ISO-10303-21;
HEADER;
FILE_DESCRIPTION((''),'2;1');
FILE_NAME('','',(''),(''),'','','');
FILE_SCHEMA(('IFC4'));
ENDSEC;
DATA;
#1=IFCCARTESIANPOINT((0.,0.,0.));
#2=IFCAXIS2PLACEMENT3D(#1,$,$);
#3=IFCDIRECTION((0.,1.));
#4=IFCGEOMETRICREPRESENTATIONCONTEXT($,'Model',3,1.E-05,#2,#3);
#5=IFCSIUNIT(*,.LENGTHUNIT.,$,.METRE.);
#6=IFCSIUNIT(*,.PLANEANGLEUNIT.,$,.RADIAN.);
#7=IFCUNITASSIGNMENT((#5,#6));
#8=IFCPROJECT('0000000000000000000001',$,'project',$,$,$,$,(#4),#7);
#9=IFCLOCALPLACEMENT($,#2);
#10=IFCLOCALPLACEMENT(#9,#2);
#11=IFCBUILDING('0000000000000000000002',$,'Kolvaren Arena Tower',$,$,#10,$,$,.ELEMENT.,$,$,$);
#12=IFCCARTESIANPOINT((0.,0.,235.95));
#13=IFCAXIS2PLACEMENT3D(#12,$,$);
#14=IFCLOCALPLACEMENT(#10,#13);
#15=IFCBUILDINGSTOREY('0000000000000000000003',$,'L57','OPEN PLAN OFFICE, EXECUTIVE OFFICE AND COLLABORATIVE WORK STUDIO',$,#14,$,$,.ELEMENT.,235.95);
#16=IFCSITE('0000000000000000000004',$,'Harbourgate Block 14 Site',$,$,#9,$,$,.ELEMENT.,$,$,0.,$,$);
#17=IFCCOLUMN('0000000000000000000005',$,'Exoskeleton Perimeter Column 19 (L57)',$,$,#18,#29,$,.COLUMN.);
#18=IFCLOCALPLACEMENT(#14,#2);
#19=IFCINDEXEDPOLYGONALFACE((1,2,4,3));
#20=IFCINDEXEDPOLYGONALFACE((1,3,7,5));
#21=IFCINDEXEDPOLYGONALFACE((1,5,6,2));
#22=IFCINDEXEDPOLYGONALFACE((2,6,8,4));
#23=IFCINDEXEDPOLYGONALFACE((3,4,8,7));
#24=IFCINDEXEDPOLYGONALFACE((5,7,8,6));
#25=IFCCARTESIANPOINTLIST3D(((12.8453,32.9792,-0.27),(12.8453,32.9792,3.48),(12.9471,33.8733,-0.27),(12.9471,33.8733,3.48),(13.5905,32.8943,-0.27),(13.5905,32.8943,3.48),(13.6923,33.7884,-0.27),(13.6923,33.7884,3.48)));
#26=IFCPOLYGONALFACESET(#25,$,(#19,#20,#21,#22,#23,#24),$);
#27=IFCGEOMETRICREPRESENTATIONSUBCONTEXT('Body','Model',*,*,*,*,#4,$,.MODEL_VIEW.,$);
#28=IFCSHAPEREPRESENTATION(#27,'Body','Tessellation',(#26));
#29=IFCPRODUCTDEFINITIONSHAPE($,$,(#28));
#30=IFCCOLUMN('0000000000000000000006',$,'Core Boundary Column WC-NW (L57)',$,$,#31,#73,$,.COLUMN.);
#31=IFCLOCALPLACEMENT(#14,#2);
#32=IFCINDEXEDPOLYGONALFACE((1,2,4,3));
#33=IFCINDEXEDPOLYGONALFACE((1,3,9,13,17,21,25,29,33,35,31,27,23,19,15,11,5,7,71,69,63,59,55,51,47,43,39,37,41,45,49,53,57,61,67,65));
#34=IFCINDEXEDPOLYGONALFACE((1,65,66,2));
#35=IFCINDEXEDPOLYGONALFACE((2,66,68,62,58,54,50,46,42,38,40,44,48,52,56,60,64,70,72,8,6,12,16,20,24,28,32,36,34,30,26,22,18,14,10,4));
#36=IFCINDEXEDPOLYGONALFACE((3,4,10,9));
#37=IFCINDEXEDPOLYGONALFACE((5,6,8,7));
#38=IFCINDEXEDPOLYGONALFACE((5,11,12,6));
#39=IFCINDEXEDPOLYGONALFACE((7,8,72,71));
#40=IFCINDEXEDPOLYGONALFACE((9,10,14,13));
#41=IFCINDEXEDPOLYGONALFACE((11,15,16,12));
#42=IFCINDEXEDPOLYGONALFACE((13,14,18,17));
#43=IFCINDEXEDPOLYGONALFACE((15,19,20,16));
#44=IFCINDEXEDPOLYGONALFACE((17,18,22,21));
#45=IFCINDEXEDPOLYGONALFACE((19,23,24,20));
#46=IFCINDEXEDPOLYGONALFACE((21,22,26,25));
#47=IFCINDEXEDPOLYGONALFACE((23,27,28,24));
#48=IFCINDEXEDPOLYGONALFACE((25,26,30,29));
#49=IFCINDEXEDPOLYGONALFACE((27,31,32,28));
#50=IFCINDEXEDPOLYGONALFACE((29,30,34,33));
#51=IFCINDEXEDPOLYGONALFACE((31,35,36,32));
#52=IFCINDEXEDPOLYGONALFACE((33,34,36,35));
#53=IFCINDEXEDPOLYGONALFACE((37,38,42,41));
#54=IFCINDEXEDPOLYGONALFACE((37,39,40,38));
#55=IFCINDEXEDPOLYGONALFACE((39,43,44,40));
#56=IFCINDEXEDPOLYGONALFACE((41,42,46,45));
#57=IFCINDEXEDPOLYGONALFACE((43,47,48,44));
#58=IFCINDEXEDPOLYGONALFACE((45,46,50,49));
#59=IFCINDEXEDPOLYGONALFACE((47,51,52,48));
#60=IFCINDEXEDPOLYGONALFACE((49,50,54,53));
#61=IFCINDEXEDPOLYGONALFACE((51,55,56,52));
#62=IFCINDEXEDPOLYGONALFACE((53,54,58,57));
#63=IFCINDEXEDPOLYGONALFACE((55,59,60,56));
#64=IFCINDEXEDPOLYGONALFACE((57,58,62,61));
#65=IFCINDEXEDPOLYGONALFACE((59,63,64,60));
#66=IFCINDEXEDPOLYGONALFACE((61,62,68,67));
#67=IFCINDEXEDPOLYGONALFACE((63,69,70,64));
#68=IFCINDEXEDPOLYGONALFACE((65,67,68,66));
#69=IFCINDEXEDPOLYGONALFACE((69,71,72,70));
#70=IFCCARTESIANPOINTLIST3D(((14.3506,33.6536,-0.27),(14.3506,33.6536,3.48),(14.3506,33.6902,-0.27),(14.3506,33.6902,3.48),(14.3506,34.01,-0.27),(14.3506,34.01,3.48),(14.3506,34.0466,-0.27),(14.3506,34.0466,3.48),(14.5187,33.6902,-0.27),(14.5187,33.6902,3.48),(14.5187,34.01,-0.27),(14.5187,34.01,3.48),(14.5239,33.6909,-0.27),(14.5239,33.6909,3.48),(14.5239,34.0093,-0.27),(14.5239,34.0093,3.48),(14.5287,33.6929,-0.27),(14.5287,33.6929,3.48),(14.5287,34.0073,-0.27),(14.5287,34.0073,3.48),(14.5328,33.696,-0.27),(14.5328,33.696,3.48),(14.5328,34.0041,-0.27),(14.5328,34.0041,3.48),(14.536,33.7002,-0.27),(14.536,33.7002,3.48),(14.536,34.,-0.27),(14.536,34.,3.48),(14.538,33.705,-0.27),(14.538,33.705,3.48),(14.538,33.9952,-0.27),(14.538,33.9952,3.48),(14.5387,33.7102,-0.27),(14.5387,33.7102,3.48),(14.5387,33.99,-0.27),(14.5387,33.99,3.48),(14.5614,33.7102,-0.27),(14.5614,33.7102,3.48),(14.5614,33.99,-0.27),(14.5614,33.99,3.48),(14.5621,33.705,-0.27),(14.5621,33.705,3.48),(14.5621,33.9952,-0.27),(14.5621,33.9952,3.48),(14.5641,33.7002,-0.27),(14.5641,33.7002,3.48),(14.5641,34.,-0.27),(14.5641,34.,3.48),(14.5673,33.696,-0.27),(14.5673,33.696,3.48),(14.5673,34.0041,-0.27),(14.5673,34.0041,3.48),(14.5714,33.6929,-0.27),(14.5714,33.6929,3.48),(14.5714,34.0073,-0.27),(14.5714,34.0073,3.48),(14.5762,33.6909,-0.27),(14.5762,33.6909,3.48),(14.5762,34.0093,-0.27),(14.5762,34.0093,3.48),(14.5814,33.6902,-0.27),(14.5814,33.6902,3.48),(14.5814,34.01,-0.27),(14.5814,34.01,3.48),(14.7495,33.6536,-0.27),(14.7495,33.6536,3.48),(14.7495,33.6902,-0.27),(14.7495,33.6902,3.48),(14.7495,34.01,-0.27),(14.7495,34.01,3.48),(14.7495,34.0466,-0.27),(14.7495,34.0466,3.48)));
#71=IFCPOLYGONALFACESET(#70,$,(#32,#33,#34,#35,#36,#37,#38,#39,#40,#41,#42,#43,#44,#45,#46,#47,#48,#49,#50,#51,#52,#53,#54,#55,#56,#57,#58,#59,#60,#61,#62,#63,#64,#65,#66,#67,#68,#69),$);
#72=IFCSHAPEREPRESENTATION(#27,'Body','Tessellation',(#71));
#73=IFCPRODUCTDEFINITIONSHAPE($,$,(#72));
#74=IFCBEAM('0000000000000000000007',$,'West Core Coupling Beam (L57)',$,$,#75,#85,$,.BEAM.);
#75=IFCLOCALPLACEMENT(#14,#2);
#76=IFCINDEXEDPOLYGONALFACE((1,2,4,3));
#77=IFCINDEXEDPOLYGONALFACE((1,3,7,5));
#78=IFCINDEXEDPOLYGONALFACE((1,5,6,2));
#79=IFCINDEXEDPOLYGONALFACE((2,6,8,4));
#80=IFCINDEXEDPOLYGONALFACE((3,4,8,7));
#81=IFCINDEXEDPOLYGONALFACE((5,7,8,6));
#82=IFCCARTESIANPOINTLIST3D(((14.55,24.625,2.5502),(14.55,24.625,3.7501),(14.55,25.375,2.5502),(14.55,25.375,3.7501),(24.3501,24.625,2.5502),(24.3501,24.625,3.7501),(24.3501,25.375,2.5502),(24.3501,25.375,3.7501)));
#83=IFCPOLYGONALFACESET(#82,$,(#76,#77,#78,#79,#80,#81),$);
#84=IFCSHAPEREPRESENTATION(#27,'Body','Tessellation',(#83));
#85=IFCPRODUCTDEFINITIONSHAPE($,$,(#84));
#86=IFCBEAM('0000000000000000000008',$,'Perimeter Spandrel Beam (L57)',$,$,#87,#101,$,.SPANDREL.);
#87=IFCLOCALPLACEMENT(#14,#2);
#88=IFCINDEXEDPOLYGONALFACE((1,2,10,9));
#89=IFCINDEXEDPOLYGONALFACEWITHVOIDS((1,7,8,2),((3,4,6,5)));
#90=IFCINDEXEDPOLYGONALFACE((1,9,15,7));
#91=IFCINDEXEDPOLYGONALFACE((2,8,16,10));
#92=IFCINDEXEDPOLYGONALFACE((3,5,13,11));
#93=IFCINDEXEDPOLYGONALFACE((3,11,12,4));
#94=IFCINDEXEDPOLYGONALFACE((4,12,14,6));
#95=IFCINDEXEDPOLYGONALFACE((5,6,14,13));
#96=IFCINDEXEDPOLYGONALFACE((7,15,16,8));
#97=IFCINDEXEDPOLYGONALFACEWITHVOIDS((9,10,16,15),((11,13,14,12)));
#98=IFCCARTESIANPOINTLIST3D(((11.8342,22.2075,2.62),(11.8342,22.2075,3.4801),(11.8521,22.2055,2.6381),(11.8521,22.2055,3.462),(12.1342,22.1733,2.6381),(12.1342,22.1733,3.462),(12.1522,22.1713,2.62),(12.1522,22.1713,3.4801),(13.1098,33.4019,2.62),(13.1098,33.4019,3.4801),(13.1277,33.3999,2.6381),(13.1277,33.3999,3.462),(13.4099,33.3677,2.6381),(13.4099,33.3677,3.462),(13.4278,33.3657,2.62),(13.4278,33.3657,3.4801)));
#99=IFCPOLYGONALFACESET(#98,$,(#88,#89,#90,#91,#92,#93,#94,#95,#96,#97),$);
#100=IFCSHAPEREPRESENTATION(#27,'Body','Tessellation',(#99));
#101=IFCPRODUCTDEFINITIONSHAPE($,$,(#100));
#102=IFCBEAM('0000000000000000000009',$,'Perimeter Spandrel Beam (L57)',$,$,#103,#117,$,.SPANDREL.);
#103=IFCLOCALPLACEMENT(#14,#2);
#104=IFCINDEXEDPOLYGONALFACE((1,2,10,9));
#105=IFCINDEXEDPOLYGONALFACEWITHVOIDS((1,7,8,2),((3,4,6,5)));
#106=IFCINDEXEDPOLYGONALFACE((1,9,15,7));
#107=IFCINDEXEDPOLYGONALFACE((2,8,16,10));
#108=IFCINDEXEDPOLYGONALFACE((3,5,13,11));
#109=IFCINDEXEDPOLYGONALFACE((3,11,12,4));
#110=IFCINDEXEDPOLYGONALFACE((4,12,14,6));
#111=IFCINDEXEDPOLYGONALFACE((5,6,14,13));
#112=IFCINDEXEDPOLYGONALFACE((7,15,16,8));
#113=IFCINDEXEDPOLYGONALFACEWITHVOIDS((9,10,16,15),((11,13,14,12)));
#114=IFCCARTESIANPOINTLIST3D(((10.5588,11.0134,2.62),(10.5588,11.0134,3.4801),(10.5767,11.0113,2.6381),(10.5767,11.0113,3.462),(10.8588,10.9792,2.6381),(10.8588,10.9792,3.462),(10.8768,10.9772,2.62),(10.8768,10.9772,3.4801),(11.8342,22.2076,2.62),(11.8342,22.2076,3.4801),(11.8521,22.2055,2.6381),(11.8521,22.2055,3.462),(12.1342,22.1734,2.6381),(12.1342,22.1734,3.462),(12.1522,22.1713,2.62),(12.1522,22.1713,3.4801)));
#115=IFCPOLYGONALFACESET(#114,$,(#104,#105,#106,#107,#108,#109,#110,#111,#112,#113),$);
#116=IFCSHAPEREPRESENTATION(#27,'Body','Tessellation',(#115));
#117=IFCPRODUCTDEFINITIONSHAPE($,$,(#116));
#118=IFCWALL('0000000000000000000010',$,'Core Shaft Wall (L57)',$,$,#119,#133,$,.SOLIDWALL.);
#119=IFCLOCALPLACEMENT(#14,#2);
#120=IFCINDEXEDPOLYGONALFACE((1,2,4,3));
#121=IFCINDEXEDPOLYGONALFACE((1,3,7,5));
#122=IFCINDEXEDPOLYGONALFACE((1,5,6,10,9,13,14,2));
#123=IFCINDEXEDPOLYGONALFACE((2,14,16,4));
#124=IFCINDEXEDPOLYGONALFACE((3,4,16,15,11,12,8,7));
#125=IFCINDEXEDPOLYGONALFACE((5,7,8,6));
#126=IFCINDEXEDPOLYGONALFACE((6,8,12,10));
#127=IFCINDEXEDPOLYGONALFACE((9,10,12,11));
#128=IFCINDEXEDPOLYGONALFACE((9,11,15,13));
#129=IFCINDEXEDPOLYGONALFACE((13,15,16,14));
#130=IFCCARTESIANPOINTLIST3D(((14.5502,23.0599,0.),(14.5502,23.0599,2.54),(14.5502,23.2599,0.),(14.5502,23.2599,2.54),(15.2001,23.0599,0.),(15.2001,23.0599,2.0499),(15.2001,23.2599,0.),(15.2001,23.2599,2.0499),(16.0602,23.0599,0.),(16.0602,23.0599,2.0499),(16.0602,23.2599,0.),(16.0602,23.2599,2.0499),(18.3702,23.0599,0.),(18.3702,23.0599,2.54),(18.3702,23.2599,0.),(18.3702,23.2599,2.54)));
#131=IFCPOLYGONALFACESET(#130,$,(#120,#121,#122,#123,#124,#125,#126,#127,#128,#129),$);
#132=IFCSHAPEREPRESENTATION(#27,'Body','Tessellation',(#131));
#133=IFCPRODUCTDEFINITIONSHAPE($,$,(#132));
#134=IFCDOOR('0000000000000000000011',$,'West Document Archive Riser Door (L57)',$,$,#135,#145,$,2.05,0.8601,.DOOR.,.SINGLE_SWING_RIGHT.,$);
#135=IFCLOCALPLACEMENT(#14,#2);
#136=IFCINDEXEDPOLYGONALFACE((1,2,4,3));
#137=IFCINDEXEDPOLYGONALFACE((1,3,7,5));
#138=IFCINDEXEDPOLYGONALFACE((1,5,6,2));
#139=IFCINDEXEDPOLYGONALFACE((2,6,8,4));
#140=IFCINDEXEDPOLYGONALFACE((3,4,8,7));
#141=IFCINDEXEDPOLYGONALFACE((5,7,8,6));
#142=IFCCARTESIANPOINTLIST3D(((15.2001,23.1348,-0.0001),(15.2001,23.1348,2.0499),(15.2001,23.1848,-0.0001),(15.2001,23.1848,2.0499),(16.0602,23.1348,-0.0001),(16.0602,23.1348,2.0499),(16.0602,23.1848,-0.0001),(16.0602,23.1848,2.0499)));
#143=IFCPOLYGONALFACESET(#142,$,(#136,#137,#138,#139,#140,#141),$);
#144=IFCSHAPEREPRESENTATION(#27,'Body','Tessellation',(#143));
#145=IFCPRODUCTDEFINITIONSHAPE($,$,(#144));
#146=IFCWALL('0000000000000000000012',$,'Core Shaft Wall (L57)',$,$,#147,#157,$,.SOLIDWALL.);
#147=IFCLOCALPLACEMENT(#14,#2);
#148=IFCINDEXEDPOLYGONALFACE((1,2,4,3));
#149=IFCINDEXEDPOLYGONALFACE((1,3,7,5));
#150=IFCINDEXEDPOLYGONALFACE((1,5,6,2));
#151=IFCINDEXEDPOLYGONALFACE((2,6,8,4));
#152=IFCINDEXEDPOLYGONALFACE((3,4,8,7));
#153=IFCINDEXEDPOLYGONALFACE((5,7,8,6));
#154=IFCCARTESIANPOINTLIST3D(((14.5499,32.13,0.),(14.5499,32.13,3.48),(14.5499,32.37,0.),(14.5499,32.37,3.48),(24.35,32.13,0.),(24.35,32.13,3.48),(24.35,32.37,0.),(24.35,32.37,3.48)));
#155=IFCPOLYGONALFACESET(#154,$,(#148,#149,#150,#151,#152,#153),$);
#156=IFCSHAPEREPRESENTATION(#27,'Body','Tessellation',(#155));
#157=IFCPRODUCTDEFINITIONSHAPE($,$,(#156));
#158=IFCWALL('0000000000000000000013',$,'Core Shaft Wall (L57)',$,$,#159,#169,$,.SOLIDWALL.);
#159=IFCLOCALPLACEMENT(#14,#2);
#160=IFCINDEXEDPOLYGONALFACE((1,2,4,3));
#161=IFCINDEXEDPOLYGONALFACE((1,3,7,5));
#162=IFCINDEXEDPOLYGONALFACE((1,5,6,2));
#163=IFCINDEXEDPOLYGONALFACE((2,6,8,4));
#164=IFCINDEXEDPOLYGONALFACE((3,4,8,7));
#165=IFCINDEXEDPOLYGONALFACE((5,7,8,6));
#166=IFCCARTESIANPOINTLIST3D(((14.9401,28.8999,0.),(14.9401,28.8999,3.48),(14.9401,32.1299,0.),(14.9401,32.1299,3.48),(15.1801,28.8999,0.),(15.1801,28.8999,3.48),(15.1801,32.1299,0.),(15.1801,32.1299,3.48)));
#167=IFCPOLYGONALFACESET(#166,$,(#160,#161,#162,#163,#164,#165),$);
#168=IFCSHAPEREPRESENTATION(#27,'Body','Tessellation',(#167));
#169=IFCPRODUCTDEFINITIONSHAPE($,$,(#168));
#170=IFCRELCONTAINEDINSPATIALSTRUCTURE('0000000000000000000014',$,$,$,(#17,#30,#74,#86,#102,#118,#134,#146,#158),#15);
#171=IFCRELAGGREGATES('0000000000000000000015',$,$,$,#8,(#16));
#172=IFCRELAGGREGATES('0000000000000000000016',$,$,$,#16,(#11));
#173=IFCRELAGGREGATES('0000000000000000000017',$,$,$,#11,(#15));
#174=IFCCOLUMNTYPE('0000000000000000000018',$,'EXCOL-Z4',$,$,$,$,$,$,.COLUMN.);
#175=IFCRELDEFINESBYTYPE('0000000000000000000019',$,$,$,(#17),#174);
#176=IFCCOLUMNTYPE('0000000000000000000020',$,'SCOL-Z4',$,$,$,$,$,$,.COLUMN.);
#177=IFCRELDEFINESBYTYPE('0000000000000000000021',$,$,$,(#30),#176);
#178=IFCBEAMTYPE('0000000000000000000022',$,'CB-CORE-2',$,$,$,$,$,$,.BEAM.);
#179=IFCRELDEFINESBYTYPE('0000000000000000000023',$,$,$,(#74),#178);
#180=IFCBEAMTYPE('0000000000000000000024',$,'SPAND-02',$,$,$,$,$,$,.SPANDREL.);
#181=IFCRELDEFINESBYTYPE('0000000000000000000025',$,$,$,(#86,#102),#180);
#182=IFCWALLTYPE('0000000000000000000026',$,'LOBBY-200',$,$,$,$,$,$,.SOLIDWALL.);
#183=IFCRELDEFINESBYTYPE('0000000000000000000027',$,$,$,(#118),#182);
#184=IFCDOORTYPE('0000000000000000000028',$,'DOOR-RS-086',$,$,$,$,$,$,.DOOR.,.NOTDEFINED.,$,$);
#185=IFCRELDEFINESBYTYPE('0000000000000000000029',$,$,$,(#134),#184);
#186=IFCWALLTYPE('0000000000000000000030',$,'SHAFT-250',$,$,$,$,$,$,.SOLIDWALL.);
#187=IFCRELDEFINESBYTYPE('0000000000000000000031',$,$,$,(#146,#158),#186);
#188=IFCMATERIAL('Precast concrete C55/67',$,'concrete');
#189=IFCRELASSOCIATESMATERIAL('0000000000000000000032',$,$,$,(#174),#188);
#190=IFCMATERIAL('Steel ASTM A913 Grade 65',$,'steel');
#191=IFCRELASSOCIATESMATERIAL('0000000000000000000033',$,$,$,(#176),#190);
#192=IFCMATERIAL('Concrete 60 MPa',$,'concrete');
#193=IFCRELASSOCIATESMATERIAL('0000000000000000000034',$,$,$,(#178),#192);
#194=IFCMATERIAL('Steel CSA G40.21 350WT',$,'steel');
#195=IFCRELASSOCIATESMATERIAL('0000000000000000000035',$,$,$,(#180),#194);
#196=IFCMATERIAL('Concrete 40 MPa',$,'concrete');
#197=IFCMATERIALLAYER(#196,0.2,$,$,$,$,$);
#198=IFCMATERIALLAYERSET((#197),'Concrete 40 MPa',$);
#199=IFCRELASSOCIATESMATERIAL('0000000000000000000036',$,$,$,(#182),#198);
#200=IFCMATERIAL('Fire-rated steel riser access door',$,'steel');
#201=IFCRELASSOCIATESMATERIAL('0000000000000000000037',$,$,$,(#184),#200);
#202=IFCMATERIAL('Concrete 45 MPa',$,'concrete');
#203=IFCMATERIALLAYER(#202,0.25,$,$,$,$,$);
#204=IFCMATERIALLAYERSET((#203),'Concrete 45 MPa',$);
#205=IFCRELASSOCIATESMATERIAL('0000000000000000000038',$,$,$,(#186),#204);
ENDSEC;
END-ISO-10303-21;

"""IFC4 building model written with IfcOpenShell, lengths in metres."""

from ifc_helpers import new_model, si_unit, direction, frame, frame_2d, origin, origin_2d, place, context, subcontext, project, spatial, rectangle, hollow_rectangle, i_section, extrude, material, layer, layer_set, material_profile, profile_set, type_object, element, fill, save


model = new_model("IFC4")

# Units and contexts
model_context = context("Model", 3, precision=1e-05, world=origin(), true_north=direction((0.0, 1.0)))
body_context = subcontext(model_context, "Body", "Model", "MODEL_VIEW")
ifc_project = project(units=[si_unit("LENGTHUNIT", "METRE"), si_unit("PLANEANGLEUNIT", "RADIAN")], contexts=[model_context])

# Site, building, storey
site_placement = place(None, origin())
site = spatial("IfcSite", under=ifc_project, at=site_placement, Name="Harbourgate Block 14 Site", CompositionType="ELEMENT", RefElevation=0.0)
building_placement = place(site_placement, origin())
building = spatial("IfcBuilding", under=site, at=building_placement, Name="Kolvaren Arena Tower", CompositionType="ELEMENT")
storey_placement = place(building_placement, frame((0.0, 0.0, 235.95)))
storey = spatial("IfcBuildingStorey", under=building, at=storey_placement, Name="L57", Description="OPEN PLAN OFFICE, EXECUTIVE OFFICE AND COLLABORATIVE WORK STUDIO", CompositionType="ELEMENT", Elevation=235.95)

# Columns
ifc_material_1 = material(Name="Precast concrete C55/67", Category="concrete")
ifc_material_profile_1 = material_profile(ifc_material_1, rectangle(XDim=0.8999, YDim=0.75, at=origin_2d()), Name="RC-900x750")
ifc_profile_set_1 = profile_set([ifc_material_profile_1], Name="Precast concrete C55/67")
column_type_1 = type_object("IfcColumnType", Name="EXCOL-Z4", PredefinedType="COLUMN", material=ifc_profile_set_1)
column_1_placement = place(storey_placement, frame((13.2688, 33.3838, -0.27), z_axis=(0.0, 0.0, 1.0), x_axis=(0.113203, 0.993572, 0.0)))
element("IfcColumn", 1, at=column_1_placement, inside=storey, type_object=column_type_1, Name="Exoskeleton Perimeter Column 19 (L57)", PredefinedType="COLUMN", context=body_context, shape_type="SweptSolid", body=[
    extrude(rectangle(XDim=0.8999, YDim=0.75, at=origin_2d()), origin(), (0.0, 0.0, 1.0), 3.75),
])
ifc_material_2 = material(Name="Steel ASTM A913 Grade 65", Category="steel")
ifc_material_profile_2 = material_profile(ifc_material_2, i_section(OverallWidth=0.3989, OverallDepth=0.3931, WebThickness=0.0227, FlangeThickness=0.0366, FilletRadius=0.02, at=origin_2d()), Name="W360x287")
ifc_profile_set_2 = profile_set([ifc_material_profile_2], Name="Steel ASTM A913 Grade 65")
column_type_2 = type_object("IfcColumnType", Name="SCOL-Z4", PredefinedType="COLUMN", material=ifc_profile_set_2)
column_2_placement = place(storey_placement, frame((14.55, 33.8501, -0.27), z_axis=(0.0, 0.0, 1.0), x_axis=(1.0, 0.0, 0.0)))
element("IfcColumn", 2, at=column_2_placement, inside=storey, type_object=column_type_2, Name="Core Boundary Column WC-NW (L57)", PredefinedType="COLUMN", context=body_context, shape_type="SweptSolid", body=[
    extrude(i_section(OverallWidth=0.3989, OverallDepth=0.3931, WebThickness=0.0227, FlangeThickness=0.0366, FilletRadius=0.02, at=origin_2d()), origin(), (0.0, 0.0, 1.0), 3.75),
])

# Beams
ifc_material_3 = material(Name="Concrete 60 MPa", Category="concrete")
ifc_material_profile_3 = material_profile(ifc_material_3, rectangle(XDim=0.75, YDim=1.2, at=origin_2d()), Name="RC-750x1200")
ifc_profile_set_3 = profile_set([ifc_material_profile_3], Name="Concrete 60 MPa")
beam_type_1 = type_object("IfcBeamType", Name="CB-CORE-2", PredefinedType="BEAM", material=ifc_profile_set_3)
beam_1_placement = place(storey_placement, frame((14.55, 25.0, 3.1501), z_axis=(1.0, 0.0, 0.0), x_axis=(0.0, 1.0, 0.0)))
element("IfcBeam", 3, at=beam_1_placement, inside=storey, type_object=beam_type_1, Name="West Core Coupling Beam (L57)", PredefinedType="BEAM", context=body_context, shape_type="SweptSolid", body=[
    extrude(rectangle(XDim=0.75, YDim=1.2, at=origin_2d()), origin(), (0.0, 0.0, 1.0), 9.8),
])
ifc_material_4 = material(Name="Steel CSA G40.21 350WT", Category="steel")
ifc_material_profile_4 = material_profile(ifc_material_4, hollow_rectangle(XDim=0.3201, YDim=0.8601, WallThickness=0.0181, at=origin_2d()), Name="HSS 860x320x18")
ifc_profile_set_4 = profile_set([ifc_material_profile_4], Name="Steel CSA G40.21 350WT")
beam_type_2 = type_object("IfcBeamType", Name="SPAND-02", PredefinedType="SPANDREL", material=ifc_profile_set_4)
beam_2_placement = place(storey_placement, frame((13.2688, 33.3838, 3.05), z_axis=(-0.113221, -0.99357, 0.0), x_axis=(0.99357, -0.113221, 0.0)))
element("IfcBeam", 4, at=beam_2_placement, inside=storey, type_object=beam_type_2, Name="Perimeter Spandrel Beam (L57)", PredefinedType="SPANDREL", context=body_context, shape_type="SweptSolid", body=[
    extrude(hollow_rectangle(XDim=0.3201, YDim=0.8601, WallThickness=0.0181, at=origin_2d()), origin(), (0.0, 0.0, 1.0), 11.2668),
])
beam_3_placement = place(storey_placement, frame((11.9932, 22.1895, 3.05), z_axis=(-0.113202, -0.993572, 0.0), x_axis=(0.993572, -0.113202, 0.0)))
element("IfcBeam", 5, at=beam_3_placement, inside=storey, type_object=beam_type_2, Name="Perimeter Spandrel Beam (L57)", PredefinedType="SPANDREL", context=body_context, shape_type="SweptSolid", body=[
    extrude(hollow_rectangle(XDim=0.3201, YDim=0.8601, WallThickness=0.0181, at=origin_2d()), origin(), (0.0, 0.0, 1.0), 11.2666),
])

# Wall, opening, door
ifc_material_5 = material(Name="Concrete 40 MPa", Category="concrete")
ifc_layer_1 = layer(ifc_material_5, 0.2)
ifc_layer_set_1 = layer_set([ifc_layer_1], Name="Concrete 40 MPa")
wall_type_1 = type_object("IfcWallType", Name="LOBBY-200", PredefinedType="SOLIDWALL", material=ifc_layer_set_1)
wall_1_placement = place(storey_placement, frame((14.55, 23.1599, 0.0), z_axis=(0.0, 0.0, 1.0), x_axis=(1.0, 0.0, 0.0)))
wall_1 = element("IfcWall", 6, at=wall_1_placement, inside=storey, type_object=wall_type_1, Name="Core Shaft Wall (L57)", PredefinedType="SOLIDWALL", context=body_context, shape_type="SweptSolid", body=[
    extrude(rectangle(XDim=3.8201, YDim=0.2, at=frame_2d((1.9102, 0.0))), origin(), (0.0, 0.0, 1.0), 2.54),
])
opening_1_placement = place(wall_1_placement, frame((0.6499, 0.0, 0.0)))
opening_1 = element("IfcOpeningElement", 7, at=opening_1_placement, cuts=wall_1, PredefinedType="OPENING", context=body_context, shape_type="SweptSolid", body=[
    extrude(rectangle(XDim=0.8601, YDim=2.05, at=frame_2d((0.4302, 1.0249))), frame((0.0, 0.1099, 0.0), z_axis=(0.0, -1.0, 0.0), x_axis=(1.0, 0.0, 0.0)), (0.0, 0.0, 1.0), 0.22),
])
ifc_material_6 = material(Name="Fire-rated steel riser access door", Category="steel")
door_type_1 = type_object("IfcDoorType", Name="DOOR-RS-086", OperationType="NOTDEFINED", PredefinedType="DOOR", material=ifc_material_6)
door_1_placement = place(opening_1_placement, origin())
door_1 = element("IfcDoor", 8, at=door_1_placement, inside=storey, type_object=door_type_1, Name="West Document Archive Riser Door (L57)", OperationType="SINGLE_SWING_RIGHT", OverallHeight=2.05, OverallWidth=0.8601, PredefinedType="DOOR", context=body_context, shape_type="SweptSolid", body=[
    extrude(rectangle(XDim=0.8601, YDim=2.05, at=frame_2d((0.4302, 1.0249))), frame((0.0, 0.0249, 0.0), z_axis=(0.0, -1.0, 0.0), x_axis=(1.0, 0.0, 0.0)), (0.0, 0.0, 1.0), 0.05),
])
fill(opening_1, door_1)

# Walls
ifc_material_7 = material(Name="Concrete 45 MPa", Category="concrete")
ifc_layer_2 = layer(ifc_material_7, 0.25)
ifc_layer_set_2 = layer_set([ifc_layer_2], Name="Concrete 45 MPa")
wall_type_2 = type_object("IfcWallType", Name="SHAFT-250", PredefinedType="SOLIDWALL", material=ifc_layer_set_2)
wall_2_placement = place(storey_placement, frame((14.55, 32.25, 0.0), z_axis=(0.0, 0.0, 1.0), x_axis=(1.0, 0.0, 0.0)))
element("IfcWall", 9, at=wall_2_placement, inside=storey, type_object=wall_type_2, Name="Core Shaft Wall (L57)", PredefinedType="SOLIDWALL", context=body_context, shape_type="SweptSolid", body=[
    extrude(rectangle(XDim=9.8, YDim=0.24, at=frame_2d((4.8999, 0.0))), origin(), (0.0, 0.0, 1.0), 3.48),
])
wall_3_placement = place(storey_placement, frame((15.0601, 28.8999, 0.0), z_axis=(0.0, 0.0, 1.0), x_axis=(0.0, 1.0, 0.0)))
element("IfcWall", 10, at=wall_3_placement, inside=storey, type_object=wall_type_2, Name="Core Shaft Wall (L57)", PredefinedType="SOLIDWALL", context=body_context, shape_type="SweptSolid", body=[
    extrude(rectangle(XDim=3.23, YDim=0.24, at=frame_2d((1.615, 0.0))), origin(), (0.0, 0.0, 1.0), 3.48),
])

save(model, "model.ifc")
